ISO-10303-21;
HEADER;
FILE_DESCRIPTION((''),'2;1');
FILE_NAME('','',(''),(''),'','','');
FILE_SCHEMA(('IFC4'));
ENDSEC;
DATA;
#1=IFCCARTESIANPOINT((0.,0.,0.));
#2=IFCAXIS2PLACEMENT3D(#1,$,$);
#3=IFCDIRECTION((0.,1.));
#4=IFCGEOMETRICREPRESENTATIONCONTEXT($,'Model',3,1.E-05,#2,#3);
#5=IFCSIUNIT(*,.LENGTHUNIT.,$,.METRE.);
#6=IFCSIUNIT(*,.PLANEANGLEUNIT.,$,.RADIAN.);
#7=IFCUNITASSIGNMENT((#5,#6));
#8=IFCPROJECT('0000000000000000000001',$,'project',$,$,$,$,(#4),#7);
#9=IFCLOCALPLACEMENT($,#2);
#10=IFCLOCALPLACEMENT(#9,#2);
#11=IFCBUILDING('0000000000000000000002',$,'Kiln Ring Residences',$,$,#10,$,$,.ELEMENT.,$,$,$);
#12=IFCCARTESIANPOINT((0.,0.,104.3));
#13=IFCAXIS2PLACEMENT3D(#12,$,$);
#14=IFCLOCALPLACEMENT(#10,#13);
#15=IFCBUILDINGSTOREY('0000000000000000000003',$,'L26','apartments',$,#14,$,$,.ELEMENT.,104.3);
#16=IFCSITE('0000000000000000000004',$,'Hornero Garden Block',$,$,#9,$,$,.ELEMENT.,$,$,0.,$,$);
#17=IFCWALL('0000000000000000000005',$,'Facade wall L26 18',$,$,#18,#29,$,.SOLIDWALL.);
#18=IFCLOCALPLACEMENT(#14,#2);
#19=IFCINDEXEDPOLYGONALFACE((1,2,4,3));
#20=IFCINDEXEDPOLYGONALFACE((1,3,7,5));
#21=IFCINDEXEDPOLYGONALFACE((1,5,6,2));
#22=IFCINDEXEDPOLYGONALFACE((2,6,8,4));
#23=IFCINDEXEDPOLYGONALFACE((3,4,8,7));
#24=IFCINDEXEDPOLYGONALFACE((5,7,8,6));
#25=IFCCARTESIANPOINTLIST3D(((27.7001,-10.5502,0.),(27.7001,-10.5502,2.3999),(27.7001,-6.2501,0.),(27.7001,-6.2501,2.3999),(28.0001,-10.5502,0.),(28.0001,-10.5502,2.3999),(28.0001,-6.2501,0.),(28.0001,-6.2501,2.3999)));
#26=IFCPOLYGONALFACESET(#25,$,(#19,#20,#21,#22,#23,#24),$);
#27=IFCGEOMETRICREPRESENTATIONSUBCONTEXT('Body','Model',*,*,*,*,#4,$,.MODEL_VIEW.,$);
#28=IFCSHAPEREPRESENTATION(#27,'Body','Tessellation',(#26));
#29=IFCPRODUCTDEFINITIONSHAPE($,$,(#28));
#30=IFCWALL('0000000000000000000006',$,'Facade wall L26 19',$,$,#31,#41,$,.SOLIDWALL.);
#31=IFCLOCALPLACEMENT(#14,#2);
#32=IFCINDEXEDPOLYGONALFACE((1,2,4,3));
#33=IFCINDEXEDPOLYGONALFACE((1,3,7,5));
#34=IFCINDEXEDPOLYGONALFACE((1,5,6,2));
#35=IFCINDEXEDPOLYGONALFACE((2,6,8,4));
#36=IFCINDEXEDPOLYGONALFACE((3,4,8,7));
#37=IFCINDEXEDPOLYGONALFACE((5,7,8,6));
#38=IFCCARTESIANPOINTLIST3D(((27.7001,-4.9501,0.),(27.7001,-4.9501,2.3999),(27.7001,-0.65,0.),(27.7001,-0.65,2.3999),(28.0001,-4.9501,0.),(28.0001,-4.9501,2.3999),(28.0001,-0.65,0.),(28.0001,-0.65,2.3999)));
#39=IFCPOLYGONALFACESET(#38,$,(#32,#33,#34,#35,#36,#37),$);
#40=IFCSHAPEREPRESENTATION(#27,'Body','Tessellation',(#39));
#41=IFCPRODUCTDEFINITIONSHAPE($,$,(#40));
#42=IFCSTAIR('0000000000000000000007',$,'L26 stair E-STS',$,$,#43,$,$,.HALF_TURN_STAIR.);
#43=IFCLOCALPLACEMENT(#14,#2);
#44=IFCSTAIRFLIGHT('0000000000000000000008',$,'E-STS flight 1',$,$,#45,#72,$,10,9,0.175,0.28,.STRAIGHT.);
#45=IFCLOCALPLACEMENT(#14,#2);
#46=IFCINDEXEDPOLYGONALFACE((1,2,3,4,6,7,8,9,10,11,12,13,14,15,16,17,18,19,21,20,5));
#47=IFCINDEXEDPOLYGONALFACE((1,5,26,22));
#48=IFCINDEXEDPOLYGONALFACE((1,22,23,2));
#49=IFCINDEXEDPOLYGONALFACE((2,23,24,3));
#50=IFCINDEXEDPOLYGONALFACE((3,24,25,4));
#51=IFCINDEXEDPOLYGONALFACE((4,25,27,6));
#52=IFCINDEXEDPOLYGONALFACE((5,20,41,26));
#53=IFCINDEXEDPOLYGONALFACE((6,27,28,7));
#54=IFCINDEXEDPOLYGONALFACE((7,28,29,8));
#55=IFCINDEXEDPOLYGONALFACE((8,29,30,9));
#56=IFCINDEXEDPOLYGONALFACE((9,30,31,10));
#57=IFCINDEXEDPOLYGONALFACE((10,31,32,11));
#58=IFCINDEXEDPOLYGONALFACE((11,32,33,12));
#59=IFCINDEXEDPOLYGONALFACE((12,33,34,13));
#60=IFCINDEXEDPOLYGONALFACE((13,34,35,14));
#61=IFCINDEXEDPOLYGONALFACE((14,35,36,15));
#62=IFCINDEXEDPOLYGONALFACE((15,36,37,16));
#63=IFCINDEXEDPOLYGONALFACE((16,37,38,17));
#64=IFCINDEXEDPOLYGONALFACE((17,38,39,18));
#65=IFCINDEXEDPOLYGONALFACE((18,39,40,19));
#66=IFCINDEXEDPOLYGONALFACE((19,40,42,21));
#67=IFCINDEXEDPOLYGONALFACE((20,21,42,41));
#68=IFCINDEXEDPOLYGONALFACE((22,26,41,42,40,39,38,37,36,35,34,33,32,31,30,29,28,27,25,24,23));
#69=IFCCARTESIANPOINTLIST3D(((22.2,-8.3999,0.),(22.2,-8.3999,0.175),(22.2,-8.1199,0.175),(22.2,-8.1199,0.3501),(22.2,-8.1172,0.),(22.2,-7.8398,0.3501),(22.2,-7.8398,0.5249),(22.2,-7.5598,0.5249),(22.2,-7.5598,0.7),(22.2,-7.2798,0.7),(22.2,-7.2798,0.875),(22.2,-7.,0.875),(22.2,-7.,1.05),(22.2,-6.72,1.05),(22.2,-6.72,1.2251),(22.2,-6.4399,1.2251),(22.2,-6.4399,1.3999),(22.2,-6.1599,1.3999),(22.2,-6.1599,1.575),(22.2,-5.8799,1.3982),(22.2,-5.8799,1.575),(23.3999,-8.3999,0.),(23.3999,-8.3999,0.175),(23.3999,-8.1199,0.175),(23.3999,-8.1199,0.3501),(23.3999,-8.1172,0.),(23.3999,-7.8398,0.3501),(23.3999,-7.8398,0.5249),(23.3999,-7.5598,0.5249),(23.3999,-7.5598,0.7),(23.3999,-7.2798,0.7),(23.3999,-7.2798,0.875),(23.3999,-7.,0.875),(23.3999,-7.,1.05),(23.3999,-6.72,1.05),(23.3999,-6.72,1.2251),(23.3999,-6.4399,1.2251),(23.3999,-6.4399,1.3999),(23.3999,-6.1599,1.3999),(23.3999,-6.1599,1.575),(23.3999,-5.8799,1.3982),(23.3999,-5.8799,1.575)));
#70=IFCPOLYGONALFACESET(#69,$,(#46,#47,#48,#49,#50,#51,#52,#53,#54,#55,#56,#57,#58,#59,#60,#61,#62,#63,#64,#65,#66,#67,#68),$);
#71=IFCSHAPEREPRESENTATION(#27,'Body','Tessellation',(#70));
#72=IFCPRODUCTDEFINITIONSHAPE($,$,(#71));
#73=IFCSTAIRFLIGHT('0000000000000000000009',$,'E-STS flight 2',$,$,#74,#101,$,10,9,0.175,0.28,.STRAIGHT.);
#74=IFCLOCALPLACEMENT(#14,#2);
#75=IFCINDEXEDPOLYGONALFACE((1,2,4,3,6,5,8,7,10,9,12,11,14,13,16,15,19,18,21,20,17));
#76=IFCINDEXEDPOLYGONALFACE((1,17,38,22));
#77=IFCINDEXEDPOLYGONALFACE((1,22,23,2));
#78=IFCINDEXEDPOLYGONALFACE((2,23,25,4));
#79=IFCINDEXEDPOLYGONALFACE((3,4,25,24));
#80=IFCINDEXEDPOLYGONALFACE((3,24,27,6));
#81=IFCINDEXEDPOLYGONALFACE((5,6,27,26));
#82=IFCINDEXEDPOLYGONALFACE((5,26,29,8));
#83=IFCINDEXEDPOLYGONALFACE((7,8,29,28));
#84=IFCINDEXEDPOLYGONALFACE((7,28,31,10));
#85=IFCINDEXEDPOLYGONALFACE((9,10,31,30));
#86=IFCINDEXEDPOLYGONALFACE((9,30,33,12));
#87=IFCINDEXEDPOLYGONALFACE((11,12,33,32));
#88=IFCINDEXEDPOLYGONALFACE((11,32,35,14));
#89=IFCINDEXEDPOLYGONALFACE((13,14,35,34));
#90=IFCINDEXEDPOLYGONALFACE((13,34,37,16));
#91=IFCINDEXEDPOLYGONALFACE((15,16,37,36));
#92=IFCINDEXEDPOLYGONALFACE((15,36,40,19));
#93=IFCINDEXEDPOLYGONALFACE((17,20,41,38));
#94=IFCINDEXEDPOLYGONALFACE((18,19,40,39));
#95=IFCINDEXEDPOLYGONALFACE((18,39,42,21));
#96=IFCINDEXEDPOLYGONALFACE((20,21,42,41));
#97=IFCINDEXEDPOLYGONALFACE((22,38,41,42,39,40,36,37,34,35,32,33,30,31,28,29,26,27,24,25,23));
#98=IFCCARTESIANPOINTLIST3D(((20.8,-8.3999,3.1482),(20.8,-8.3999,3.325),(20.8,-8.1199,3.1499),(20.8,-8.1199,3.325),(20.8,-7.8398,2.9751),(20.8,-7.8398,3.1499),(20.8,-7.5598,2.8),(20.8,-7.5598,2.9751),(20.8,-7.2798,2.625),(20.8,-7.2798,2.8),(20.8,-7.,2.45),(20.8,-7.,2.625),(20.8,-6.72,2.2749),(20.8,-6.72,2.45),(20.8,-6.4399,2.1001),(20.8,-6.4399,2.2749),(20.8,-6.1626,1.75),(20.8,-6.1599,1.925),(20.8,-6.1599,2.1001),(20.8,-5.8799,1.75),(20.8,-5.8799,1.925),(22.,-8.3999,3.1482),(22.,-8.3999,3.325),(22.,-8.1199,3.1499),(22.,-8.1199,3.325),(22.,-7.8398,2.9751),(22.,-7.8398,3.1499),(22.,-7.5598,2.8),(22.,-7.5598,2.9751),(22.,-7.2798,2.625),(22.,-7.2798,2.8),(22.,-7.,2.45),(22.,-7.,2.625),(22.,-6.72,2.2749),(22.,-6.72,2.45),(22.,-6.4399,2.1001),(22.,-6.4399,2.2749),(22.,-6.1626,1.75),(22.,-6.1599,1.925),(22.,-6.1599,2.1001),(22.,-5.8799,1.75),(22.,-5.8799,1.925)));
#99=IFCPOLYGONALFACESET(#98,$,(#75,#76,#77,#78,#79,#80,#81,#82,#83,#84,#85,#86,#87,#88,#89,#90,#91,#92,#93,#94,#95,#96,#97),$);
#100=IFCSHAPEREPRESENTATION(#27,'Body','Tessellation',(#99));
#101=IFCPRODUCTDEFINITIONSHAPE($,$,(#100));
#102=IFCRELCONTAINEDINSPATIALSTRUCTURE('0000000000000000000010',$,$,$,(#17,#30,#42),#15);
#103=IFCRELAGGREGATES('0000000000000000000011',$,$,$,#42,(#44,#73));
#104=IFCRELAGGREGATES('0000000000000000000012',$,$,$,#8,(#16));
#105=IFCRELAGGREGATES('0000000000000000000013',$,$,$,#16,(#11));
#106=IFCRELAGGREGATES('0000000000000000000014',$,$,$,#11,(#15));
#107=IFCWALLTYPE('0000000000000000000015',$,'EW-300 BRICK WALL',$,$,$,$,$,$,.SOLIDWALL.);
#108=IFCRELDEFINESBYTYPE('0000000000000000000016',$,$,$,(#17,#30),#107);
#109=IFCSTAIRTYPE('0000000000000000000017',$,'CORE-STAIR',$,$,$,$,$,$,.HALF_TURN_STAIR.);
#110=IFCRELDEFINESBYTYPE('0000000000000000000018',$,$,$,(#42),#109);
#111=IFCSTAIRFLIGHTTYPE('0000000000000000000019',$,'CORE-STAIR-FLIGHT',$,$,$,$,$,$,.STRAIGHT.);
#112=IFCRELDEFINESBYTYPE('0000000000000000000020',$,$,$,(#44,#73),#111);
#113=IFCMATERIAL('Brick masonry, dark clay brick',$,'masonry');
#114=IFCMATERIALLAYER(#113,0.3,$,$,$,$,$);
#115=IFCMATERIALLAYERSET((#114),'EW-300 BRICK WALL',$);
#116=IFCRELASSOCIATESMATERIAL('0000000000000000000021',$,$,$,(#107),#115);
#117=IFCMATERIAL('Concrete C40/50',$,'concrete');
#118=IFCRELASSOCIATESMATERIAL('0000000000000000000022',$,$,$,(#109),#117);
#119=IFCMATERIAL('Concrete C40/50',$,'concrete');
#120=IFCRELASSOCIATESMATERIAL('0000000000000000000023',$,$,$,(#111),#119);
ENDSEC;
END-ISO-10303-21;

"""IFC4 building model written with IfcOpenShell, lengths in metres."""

from ifc_helpers import new_model, si_unit, direction, frame, frame_2d, origin, place, context, subcontext, project, spatial, polyline, rectangle, outline, extrude, material, layer, layer_set, type_object, element, aggregate, save


model = new_model("IFC4")

# Units and contexts
model_context = context("Model", 3, precision=1e-05, world=origin(), true_north=direction((0.0, 1.0)))
body_context = subcontext(model_context, "Body", "Model", "MODEL_VIEW")
ifc_project = project(units=[si_unit("LENGTHUNIT", "METRE"), si_unit("PLANEANGLEUNIT", "RADIAN")], contexts=[model_context])

# Site, building, storey
site_placement = place(None, origin())
site = spatial("IfcSite", under=ifc_project, at=site_placement, Name="Hornero Garden Block", CompositionType="ELEMENT", RefElevation=0.0)
building_placement = place(site_placement, origin())
building = spatial("IfcBuilding", under=site, at=building_placement, Name="Kiln Ring Residences", CompositionType="ELEMENT")
storey_placement = place(building_placement, frame((0.0, 0.0, 104.3)))
storey = spatial("IfcBuildingStorey", under=building, at=storey_placement, Name="L26", Description="apartments", CompositionType="ELEMENT", Elevation=104.3)

# Walls
ifc_material_1 = material(Name="Brick masonry, dark clay brick", Category="masonry")
ifc_layer_1 = layer(ifc_material_1, 0.3)
ifc_layer_set_1 = layer_set([ifc_layer_1], Name="EW-300 BRICK WALL")
wall_type_1 = type_object("IfcWallType", Name="EW-300 BRICK WALL", PredefinedType="SOLIDWALL", material=ifc_layer_set_1)
for number, where, z_axis, x_axis, name in (
    (1, (27.8501, -10.55, 0.0), (0.0, 0.0, 1.0), (0.0, 1.0, 0.0), "Facade wall L26 18"),
    (2, (27.8501, -4.95, 0.0), (0.0, 0.0, 1.0), (0.0, 1.0, 0.0), "Facade wall L26 19"),
):
    element("IfcWall", number, at=place(storey_placement, frame(where, z_axis=z_axis, x_axis=x_axis)), inside=storey, type_object=wall_type_1, Name=name, PredefinedType="SOLIDWALL", context=body_context, shape_type="SweptSolid", body=[
        extrude(rectangle(XDim=4.3, YDim=0.3, at=frame_2d((2.1499, 0.0))), origin(), (0.0, 0.0, 1.0), 2.3999),
    ])

# Stair, stair flights
ifc_material_2 = material(Name="Concrete C40/50", Category="concrete")
stair_type = type_object("IfcStairType", Name="CORE-STAIR", PredefinedType="HALF_TURN_STAIR", material=ifc_material_2)
stair_placement = place(storey_placement, origin())
stair = element("IfcStair", 3, at=stair_placement, inside=storey, type_object=stair_type, Name="L26 stair E-STS", PredefinedType="HALF_TURN_STAIR")
ifc_material_3 = material(Name="Concrete C40/50", Category="concrete")
stair_flight_type = type_object("IfcStairFlightType", Name="CORE-STAIR-FLIGHT", PredefinedType="STRAIGHT", material=ifc_material_3)
stair_flight_1_placement = place(storey_placement, frame((22.8, -8.3999, 0.0), z_axis=(0.0, 0.0, 1.0), x_axis=(0.0, 1.0, 0.0)))
stair_flight_1 = element("IfcStairFlight", 4, at=stair_flight_1_placement, type_object=stair_flight_type, Name="E-STS flight 1", NumberOfRisers=10, NumberOfTreads=9, PredefinedType="STRAIGHT", RiserHeight=0.175, TreadLength=0.28, context=body_context, shape_type="SweptSolid", body=[
    extrude(outline(polyline([(0.0, 0.0), (0.0, 0.175), (0.28, 0.175), (0.28, 0.3501), (0.5601, 0.3501), (0.5601, 0.5249), (0.8401, 0.5249), (0.8401, 0.7), (1.1201, 0.7), (1.1201, 0.875), (1.3999, 0.875), (1.3999, 1.05), (1.6799, 1.05), (1.6799, 1.2251), (1.96, 1.2251), (1.96, 1.3999), (2.24, 1.3999), (2.24, 1.575), (2.52, 1.575), (2.52, 1.75), (2.52, 1.3982), (0.2827, 0.0), (0.0, 0.0)])), frame((0.0, 0.6001, 0.0), z_axis=(0.0, -1.0, 0.0), x_axis=(1.0, 0.0, 0.0)), (0.0, 0.0, 1.0), 1.2),
])
stair_flight_2_placement = place(storey_placement, frame((21.3999, -5.8799, 1.75), z_axis=(0.0, 0.0, 1.0), x_axis=(0.0, -1.0, 0.0)))
stair_flight_2 = element("IfcStairFlight", 5, at=stair_flight_2_placement, type_object=stair_flight_type, Name="E-STS flight 2", NumberOfRisers=10, NumberOfTreads=9, PredefinedType="STRAIGHT", RiserHeight=0.175, TreadLength=0.28, context=body_context, shape_type="SweptSolid", body=[
    extrude(outline(polyline([(0.0, 0.0), (0.0, 0.175), (0.28, 0.175), (0.28, 0.3501), (0.5601, 0.3501), (0.5601, 0.5249), (0.8401, 0.5249), (0.8401, 0.7), (1.1201, 0.7), (1.1201, 0.875), (1.3999, 0.875), (1.3999, 1.05), (1.6799, 1.05), (1.6799, 1.2251), (1.96, 1.2251), (1.96, 1.3999), (2.24, 1.3999), (2.24, 1.575), (2.52, 1.575), (2.52, 1.75), (2.52, 1.3982), (0.2827, 0.0), (0.0, 0.0)])), frame((0.0, 0.6001, 0.0), z_axis=(0.0, -1.0, 0.0), x_axis=(1.0, 0.0, 0.0)), (0.0, 0.0, 1.0), 1.2),
])
aggregate(stair, [stair_flight_1, stair_flight_2])

save(model, "model.ifc")
